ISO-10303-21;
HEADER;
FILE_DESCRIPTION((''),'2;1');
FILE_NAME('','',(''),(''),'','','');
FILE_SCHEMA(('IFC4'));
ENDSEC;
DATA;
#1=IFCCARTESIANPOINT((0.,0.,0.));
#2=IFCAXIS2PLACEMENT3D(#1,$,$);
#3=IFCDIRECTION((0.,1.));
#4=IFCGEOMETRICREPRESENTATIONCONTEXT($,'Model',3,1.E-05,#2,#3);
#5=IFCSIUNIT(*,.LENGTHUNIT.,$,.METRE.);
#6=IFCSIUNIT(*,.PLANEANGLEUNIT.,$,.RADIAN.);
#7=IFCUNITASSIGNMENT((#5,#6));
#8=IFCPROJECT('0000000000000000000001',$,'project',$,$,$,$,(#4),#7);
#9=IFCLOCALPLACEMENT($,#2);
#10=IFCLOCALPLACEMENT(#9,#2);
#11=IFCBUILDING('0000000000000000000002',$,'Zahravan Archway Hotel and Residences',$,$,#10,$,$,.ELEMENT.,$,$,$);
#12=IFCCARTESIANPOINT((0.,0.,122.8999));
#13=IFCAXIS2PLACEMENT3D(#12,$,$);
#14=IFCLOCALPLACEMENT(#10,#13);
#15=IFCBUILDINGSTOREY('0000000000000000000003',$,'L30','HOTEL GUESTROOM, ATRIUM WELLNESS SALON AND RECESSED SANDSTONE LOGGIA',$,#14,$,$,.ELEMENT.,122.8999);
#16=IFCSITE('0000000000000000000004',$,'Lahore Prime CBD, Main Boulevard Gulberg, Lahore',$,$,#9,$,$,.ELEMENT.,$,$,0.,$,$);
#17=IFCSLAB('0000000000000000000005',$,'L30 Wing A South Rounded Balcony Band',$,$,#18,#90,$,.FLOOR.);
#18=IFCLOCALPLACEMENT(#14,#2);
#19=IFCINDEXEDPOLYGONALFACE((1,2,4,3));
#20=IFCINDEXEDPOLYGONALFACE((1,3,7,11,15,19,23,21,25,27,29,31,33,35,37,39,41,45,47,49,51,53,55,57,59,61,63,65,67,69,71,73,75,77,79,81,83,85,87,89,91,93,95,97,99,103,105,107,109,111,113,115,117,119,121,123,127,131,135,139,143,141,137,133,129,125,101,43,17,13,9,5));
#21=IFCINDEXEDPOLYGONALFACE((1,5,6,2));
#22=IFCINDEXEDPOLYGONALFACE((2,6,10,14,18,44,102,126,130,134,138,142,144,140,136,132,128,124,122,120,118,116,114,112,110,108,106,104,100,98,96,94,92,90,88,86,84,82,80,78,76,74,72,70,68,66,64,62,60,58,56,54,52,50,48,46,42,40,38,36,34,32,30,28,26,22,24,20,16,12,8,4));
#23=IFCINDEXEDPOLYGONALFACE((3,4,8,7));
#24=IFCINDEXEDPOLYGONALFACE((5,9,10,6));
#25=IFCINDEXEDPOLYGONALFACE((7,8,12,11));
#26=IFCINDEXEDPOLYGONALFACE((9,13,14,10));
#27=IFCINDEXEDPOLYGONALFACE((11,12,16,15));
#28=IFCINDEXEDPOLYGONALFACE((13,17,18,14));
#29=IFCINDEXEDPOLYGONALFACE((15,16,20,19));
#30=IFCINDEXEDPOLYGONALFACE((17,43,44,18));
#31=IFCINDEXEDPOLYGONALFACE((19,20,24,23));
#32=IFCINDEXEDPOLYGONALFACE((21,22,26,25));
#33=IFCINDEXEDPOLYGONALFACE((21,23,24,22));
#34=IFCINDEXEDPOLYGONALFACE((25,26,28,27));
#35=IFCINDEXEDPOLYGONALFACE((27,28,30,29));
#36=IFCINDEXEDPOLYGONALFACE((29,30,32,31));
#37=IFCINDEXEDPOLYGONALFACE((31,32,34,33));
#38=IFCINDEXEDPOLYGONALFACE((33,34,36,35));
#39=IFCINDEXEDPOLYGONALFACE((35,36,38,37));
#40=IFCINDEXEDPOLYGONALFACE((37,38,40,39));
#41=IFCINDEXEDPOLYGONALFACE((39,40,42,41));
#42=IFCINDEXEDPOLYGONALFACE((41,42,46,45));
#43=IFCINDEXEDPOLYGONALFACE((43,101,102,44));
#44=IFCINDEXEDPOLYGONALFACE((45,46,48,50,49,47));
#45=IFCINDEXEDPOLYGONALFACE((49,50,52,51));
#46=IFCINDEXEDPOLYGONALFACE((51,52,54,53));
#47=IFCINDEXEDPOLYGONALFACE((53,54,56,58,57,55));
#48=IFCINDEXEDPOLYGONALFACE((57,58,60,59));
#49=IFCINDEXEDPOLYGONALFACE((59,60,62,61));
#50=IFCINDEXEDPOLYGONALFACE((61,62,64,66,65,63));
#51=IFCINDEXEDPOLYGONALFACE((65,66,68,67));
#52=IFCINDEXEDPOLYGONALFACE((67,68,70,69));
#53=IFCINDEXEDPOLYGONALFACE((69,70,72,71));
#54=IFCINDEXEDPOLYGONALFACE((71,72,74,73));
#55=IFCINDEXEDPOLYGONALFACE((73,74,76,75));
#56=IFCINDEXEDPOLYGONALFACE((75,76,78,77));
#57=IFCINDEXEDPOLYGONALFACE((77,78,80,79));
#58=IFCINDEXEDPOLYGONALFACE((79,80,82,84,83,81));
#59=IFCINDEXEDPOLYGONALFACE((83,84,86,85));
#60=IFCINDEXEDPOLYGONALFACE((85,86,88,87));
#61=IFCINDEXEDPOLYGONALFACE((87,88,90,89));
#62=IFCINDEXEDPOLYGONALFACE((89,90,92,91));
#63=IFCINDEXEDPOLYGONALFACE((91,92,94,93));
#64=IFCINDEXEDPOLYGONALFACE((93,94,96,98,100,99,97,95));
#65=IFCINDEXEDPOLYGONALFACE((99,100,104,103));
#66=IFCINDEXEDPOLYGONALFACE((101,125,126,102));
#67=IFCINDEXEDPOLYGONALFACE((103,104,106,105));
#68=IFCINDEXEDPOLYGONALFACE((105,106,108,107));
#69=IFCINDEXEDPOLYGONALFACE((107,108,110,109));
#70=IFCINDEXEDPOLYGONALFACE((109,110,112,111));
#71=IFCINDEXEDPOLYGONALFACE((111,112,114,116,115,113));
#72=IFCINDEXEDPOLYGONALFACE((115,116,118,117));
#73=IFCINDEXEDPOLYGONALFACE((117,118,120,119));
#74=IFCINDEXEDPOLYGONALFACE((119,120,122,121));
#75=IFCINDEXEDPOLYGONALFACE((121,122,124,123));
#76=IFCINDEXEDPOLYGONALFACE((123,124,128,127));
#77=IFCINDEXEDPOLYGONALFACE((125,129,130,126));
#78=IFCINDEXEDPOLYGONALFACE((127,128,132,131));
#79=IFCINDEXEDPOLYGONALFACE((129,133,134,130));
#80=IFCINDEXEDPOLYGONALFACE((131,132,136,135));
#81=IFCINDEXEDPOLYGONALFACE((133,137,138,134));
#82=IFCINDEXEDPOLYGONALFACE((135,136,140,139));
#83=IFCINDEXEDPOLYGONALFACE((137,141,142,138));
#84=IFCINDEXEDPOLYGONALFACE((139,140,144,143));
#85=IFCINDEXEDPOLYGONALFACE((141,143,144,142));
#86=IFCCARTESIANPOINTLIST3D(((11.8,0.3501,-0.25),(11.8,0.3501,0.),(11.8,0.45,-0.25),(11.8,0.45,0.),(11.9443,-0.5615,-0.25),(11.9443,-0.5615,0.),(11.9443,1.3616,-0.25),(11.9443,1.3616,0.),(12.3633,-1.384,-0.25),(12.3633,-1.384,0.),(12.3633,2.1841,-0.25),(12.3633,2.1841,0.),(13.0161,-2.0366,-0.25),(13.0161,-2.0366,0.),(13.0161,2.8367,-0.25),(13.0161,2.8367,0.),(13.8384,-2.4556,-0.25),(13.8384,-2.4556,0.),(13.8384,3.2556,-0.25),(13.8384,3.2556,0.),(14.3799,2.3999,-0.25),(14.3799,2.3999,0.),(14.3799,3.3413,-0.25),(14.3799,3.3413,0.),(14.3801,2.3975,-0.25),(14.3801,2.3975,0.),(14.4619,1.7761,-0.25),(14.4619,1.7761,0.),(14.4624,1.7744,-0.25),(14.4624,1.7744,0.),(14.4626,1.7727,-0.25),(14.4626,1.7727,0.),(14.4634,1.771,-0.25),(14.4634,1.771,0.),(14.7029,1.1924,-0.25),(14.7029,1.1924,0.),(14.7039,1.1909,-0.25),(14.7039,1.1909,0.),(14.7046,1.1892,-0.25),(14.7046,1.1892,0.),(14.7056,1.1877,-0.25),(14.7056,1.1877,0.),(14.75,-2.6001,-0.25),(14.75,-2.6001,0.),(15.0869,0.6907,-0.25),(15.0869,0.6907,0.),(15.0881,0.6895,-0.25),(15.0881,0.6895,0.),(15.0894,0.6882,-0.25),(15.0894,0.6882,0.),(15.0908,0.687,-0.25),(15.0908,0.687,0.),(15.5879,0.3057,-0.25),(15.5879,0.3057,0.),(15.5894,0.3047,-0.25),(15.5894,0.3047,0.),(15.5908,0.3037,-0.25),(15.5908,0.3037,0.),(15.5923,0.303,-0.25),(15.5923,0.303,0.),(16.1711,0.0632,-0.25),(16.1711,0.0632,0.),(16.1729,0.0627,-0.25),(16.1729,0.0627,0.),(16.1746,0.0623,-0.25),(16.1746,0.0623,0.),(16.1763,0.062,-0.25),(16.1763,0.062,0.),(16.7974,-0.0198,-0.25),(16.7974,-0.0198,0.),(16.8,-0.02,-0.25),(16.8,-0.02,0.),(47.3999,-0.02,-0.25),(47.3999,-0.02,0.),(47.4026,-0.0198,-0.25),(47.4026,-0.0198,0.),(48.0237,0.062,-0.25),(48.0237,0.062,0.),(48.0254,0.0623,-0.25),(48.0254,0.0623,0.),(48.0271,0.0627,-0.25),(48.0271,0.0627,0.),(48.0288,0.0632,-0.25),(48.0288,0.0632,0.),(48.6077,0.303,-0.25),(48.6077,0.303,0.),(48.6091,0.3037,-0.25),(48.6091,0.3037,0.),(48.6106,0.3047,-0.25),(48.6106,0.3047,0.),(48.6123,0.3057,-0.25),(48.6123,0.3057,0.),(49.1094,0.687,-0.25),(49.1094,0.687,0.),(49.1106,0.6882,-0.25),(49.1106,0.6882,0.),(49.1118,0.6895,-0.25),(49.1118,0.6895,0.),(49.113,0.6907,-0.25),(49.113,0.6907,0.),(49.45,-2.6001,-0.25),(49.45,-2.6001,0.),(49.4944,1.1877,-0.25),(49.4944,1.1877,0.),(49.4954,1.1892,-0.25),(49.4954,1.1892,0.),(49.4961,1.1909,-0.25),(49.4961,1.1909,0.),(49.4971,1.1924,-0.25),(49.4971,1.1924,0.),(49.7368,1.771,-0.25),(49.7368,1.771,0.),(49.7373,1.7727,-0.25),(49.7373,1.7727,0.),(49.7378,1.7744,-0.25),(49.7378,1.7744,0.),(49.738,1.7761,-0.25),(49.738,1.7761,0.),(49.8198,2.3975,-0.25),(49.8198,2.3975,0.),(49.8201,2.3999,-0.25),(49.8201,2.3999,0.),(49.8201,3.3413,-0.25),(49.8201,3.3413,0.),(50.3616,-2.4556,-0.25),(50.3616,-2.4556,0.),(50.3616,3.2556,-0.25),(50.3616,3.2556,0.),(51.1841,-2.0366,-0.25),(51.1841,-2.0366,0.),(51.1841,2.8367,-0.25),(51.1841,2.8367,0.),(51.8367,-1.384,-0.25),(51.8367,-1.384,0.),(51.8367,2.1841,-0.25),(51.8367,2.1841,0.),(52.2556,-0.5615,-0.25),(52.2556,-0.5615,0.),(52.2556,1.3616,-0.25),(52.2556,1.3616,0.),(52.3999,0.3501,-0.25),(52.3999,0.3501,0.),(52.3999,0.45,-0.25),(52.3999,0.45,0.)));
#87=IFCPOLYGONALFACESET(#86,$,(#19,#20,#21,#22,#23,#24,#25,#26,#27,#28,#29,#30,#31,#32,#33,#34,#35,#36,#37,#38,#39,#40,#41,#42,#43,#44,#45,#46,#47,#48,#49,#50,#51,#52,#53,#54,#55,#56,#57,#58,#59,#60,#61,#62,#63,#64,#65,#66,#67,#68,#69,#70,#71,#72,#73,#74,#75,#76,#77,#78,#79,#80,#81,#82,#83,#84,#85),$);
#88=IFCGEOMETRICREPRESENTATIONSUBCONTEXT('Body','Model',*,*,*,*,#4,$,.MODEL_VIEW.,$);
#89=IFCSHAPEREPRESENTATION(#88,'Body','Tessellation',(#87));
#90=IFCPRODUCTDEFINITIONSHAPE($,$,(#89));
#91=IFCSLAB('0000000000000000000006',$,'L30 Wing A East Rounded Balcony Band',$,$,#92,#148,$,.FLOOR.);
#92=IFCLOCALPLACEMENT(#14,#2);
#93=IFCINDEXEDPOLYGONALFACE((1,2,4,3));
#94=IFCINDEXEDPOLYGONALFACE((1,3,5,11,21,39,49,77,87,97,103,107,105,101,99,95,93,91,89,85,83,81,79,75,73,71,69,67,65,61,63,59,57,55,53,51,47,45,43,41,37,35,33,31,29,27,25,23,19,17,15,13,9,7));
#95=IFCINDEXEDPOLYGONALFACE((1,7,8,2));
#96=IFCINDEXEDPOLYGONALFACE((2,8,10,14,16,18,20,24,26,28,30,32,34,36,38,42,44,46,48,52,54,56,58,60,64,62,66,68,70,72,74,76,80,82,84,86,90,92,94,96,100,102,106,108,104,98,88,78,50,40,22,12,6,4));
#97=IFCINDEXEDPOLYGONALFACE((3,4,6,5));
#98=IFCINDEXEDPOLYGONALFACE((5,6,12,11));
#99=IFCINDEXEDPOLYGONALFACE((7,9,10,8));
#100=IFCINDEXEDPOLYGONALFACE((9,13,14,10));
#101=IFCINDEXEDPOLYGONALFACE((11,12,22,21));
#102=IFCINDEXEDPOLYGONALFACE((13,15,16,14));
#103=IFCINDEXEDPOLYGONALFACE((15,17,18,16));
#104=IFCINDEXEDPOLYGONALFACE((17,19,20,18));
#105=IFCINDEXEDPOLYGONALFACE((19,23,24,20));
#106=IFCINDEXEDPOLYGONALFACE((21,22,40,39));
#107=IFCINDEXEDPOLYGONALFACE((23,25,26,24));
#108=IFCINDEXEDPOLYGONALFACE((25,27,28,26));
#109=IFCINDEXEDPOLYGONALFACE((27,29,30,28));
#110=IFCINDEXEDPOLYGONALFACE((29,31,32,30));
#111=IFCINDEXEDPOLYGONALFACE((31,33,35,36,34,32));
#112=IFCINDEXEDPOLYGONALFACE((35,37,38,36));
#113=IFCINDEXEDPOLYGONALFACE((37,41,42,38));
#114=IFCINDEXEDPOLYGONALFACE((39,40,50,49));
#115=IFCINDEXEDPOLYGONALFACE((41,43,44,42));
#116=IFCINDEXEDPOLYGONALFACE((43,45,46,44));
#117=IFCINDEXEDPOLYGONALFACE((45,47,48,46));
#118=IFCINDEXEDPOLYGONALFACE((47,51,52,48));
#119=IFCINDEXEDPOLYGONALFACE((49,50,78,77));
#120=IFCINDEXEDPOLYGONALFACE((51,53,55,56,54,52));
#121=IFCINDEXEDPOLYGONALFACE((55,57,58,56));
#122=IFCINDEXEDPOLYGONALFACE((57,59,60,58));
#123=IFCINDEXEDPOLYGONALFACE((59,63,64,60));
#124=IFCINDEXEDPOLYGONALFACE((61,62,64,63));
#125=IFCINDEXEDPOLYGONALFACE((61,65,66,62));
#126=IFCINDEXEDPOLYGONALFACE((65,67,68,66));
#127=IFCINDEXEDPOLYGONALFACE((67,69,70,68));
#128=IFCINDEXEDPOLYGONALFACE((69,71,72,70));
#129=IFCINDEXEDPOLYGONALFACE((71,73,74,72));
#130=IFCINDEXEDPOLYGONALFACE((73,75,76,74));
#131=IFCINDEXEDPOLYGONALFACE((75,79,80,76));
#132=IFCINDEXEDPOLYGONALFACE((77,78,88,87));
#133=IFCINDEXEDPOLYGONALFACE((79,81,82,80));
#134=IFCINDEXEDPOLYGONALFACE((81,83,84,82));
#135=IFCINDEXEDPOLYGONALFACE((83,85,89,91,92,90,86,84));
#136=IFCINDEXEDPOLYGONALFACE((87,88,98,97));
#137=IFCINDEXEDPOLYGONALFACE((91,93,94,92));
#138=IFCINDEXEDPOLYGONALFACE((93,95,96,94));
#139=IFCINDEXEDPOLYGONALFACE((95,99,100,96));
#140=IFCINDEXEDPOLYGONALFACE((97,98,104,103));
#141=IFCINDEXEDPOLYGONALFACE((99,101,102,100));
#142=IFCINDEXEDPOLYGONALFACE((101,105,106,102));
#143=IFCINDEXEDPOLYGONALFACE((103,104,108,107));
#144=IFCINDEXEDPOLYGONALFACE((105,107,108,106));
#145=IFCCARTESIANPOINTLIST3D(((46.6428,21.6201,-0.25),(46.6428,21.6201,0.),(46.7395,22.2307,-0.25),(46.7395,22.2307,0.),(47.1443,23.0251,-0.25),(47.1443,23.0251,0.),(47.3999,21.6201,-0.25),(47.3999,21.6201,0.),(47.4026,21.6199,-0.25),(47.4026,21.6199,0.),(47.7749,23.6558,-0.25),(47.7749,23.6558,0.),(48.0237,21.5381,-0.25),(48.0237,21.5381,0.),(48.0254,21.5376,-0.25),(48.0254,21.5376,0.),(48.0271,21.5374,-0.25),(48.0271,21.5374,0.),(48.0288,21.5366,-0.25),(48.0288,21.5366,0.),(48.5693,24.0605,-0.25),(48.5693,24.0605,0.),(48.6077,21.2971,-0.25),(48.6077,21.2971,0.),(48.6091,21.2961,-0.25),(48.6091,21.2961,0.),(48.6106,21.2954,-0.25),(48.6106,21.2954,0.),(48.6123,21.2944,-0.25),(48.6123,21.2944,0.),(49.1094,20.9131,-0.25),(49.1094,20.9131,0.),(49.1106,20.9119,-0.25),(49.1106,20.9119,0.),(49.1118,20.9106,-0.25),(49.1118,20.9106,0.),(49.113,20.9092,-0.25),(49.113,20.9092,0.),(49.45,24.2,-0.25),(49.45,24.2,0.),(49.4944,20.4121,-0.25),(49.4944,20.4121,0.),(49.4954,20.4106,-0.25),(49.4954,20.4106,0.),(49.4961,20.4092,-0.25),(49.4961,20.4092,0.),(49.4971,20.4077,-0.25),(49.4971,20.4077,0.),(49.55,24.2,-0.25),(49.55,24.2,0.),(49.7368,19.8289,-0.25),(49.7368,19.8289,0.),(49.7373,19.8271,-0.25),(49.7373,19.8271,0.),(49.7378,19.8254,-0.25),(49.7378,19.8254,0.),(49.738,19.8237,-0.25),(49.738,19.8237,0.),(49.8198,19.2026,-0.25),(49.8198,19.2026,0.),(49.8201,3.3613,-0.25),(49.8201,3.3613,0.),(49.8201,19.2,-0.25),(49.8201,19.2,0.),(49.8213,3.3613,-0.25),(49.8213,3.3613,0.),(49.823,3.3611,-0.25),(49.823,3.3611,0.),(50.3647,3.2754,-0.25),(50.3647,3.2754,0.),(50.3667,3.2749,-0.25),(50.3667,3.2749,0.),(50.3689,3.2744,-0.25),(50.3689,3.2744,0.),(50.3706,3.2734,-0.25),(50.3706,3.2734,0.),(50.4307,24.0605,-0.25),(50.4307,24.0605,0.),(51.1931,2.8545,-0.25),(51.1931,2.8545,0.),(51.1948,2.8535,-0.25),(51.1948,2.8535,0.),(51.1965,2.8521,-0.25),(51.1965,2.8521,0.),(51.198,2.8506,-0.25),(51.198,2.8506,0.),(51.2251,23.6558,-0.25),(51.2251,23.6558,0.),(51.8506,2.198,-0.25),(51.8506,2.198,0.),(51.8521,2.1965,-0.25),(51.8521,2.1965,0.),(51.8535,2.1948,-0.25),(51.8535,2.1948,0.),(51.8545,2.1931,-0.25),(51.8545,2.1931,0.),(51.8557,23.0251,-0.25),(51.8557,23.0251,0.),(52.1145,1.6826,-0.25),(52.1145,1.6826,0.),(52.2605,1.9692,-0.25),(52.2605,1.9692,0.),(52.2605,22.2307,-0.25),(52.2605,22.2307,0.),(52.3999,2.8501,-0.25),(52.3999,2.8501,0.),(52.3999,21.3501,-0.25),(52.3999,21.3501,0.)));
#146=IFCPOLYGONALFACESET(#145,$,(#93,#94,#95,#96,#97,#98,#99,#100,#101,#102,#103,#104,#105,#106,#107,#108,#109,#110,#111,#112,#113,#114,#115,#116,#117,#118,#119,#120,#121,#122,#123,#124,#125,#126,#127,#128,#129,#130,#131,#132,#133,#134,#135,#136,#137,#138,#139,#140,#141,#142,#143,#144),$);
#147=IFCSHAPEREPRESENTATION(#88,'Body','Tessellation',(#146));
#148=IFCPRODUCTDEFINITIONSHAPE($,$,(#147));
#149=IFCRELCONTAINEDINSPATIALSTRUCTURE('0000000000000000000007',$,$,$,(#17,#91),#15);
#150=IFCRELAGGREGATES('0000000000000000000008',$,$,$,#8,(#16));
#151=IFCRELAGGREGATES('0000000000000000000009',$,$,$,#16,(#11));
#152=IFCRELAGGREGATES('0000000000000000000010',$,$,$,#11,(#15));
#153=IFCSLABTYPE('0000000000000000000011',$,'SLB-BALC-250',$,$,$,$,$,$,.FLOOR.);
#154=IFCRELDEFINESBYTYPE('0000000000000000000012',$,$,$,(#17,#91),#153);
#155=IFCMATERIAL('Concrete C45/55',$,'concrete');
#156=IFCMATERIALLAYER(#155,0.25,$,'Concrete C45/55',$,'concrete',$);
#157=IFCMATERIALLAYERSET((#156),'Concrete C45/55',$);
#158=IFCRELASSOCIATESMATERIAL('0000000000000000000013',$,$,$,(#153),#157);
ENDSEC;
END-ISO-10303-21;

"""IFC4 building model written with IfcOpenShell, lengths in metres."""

from ifc_helpers import new_model, si_unit, direction, frame, origin, place, context, subcontext, project, spatial, polyline, outline, extrude, material, layer, layer_set, type_object, element, save


model = new_model("IFC4")

# Units and contexts
model_context = context("Model", 3, precision=1e-05, world=origin(), true_north=direction((0.0, 1.0)))
body_context = subcontext(model_context, "Body", "Model", "MODEL_VIEW")
ifc_project = project(units=[si_unit("LENGTHUNIT", "METRE"), si_unit("PLANEANGLEUNIT", "RADIAN")], contexts=[model_context])

# Site, building, storey
site_placement = place(None, origin())
site = spatial("IfcSite", under=ifc_project, at=site_placement, Name="Lahore Prime CBD, Main Boulevard Gulberg, Lahore", CompositionType="ELEMENT", RefElevation=0.0)
building_placement = place(site_placement, origin())
building = spatial("IfcBuilding", under=site, at=building_placement, Name="Zahravan Archway Hotel and Residences", CompositionType="ELEMENT")
storey_placement = place(building_placement, frame((0.0, 0.0, 122.8999)))
storey = spatial("IfcBuildingStorey", under=building, at=storey_placement, Name="L30", Description="HOTEL GUESTROOM, ATRIUM WELLNESS SALON AND RECESSED SANDSTONE LOGGIA", CompositionType="ELEMENT", Elevation=122.8999)

# Slabs
ifc_material_1 = material(Name="Concrete C45/55", Category="concrete")
ifc_layer_1 = layer(ifc_material_1, 0.25, Name="Concrete C45/55", Category="concrete")
ifc_layer_set_1 = layer_set([ifc_layer_1], Name="Concrete C45/55")
slab_type_1 = type_object("IfcSlabType", Name="SLB-BALC-250", PredefinedType="FLOOR", material=ifc_layer_set_1)
slab_1_placement = place(storey_placement, frame((0.0, 0.0, -0.25)))
element("IfcSlab", 1, at=slab_1_placement, inside=storey, type_object=slab_type_1, Name="L30 Wing A South Rounded Balcony Band", PredefinedType="FLOOR", context=body_context, shape_type="SweptSolid", body=[
    extrude(outline(polyline([(50.3616, 3.2556), (51.1841, 2.8367), (51.8367, 2.1841), (52.2556, 1.3616), (52.3999, 0.45), (52.3999, 0.3501), (52.2556, -0.5615), (51.8367, -1.384), (51.1841, -2.0366), (50.3616, -2.4556), (49.45, -2.6001), (14.75, -2.6001), (13.8384, -2.4556), (13.0161, -2.0366), (12.3633, -1.384), (11.9443, -0.5615), (11.8, 0.3501), (11.8, 0.45), (11.9443, 1.3616), (12.3633, 2.1841), (13.0161, 2.8367), (13.8384, 3.2556), (14.3799, 3.3413), (14.3799, 2.3999), (14.3801, 2.3975), (14.4619, 1.7761), (14.4624, 1.7744), (14.4626, 1.7727), (14.4634, 1.771), (14.7029, 1.1924), (14.7039, 1.1909), (14.7046, 1.1892), (14.7056, 1.1877), (15.0869, 0.6907), (15.0881, 0.6895), (15.0894, 0.6882), (15.0908, 0.687), (15.5879, 0.3057), (15.5894, 0.3047), (15.5908, 0.3037), (15.5923, 0.303), (16.1711, 0.0632), (16.1729, 0.0627), (16.1746, 0.0623), (16.1763, 0.062), (16.7974, -0.0198), (16.8, -0.02), (47.3999, -0.02), (47.4026, -0.0198), (48.0237, 0.062), (48.0254, 0.0623), (48.0271, 0.0627), (48.0288, 0.0632), (48.6077, 0.303), (48.6091, 0.3037), (48.6106, 0.3047), (48.6123, 0.3057), (49.1094, 0.687), (49.1106, 0.6882), (49.1118, 0.6895), (49.113, 0.6907), (49.4944, 1.1877), (49.4954, 1.1892), (49.4961, 1.1909), (49.4971, 1.1924), (49.7368, 1.771), (49.7373, 1.7727), (49.7378, 1.7744), (49.738, 1.7761), (49.8198, 2.3975), (49.8201, 2.3999), (49.8201, 3.3413), (50.3616, 3.2556)])), origin(), (0.0, 0.0, 1.0), 0.25),
])
slab_2_placement = place(storey_placement, frame((0.0, 0.0, -0.25)))
element("IfcSlab", 2, at=slab_2_placement, inside=storey, type_object=slab_type_1, Name="L30 Wing A East Rounded Balcony Band", PredefinedType="FLOOR", context=body_context, shape_type="SweptSolid", body=[
    extrude(outline(polyline([(46.7395, 22.2307), (47.1443, 23.0251), (47.7749, 23.6558), (48.5693, 24.0605), (49.45, 24.2), (49.55, 24.2), (50.4307, 24.0605), (51.2251, 23.6558), (51.8557, 23.0251), (52.2605, 22.2307), (52.3999, 21.3501), (52.3999, 2.8501), (52.2605, 1.9692), (52.1145, 1.6826), (51.8545, 2.1931), (51.8535, 2.1948), (51.8521, 2.1965), (51.8506, 2.198), (51.198, 2.8506), (51.1965, 2.8521), (51.1948, 2.8535), (51.1931, 2.8545), (50.3706, 3.2734), (50.3689, 3.2744), (50.3667, 3.2749), (50.3647, 3.2754), (49.823, 3.3611), (49.8213, 3.3613), (49.8201, 3.3613), (49.8201, 19.2), (49.8198, 19.2026), (49.738, 19.8237), (49.7378, 19.8254), (49.7373, 19.8271), (49.7368, 19.8289), (49.4971, 20.4077), (49.4961, 20.4092), (49.4954, 20.4106), (49.4944, 20.4121), (49.113, 20.9092), (49.1118, 20.9106), (49.1106, 20.9119), (49.1094, 20.9131), (48.6123, 21.2944), (48.6106, 21.2954), (48.6091, 21.2961), (48.6077, 21.2971), (48.0288, 21.5366), (48.0271, 21.5374), (48.0254, 21.5376), (48.0237, 21.5381), (47.4026, 21.6199), (47.3999, 21.6201), (46.6428, 21.6201), (46.7395, 22.2307)])), origin(), (0.0, 0.0, 1.0), 0.25),
])

save(model, "model.ifc")
